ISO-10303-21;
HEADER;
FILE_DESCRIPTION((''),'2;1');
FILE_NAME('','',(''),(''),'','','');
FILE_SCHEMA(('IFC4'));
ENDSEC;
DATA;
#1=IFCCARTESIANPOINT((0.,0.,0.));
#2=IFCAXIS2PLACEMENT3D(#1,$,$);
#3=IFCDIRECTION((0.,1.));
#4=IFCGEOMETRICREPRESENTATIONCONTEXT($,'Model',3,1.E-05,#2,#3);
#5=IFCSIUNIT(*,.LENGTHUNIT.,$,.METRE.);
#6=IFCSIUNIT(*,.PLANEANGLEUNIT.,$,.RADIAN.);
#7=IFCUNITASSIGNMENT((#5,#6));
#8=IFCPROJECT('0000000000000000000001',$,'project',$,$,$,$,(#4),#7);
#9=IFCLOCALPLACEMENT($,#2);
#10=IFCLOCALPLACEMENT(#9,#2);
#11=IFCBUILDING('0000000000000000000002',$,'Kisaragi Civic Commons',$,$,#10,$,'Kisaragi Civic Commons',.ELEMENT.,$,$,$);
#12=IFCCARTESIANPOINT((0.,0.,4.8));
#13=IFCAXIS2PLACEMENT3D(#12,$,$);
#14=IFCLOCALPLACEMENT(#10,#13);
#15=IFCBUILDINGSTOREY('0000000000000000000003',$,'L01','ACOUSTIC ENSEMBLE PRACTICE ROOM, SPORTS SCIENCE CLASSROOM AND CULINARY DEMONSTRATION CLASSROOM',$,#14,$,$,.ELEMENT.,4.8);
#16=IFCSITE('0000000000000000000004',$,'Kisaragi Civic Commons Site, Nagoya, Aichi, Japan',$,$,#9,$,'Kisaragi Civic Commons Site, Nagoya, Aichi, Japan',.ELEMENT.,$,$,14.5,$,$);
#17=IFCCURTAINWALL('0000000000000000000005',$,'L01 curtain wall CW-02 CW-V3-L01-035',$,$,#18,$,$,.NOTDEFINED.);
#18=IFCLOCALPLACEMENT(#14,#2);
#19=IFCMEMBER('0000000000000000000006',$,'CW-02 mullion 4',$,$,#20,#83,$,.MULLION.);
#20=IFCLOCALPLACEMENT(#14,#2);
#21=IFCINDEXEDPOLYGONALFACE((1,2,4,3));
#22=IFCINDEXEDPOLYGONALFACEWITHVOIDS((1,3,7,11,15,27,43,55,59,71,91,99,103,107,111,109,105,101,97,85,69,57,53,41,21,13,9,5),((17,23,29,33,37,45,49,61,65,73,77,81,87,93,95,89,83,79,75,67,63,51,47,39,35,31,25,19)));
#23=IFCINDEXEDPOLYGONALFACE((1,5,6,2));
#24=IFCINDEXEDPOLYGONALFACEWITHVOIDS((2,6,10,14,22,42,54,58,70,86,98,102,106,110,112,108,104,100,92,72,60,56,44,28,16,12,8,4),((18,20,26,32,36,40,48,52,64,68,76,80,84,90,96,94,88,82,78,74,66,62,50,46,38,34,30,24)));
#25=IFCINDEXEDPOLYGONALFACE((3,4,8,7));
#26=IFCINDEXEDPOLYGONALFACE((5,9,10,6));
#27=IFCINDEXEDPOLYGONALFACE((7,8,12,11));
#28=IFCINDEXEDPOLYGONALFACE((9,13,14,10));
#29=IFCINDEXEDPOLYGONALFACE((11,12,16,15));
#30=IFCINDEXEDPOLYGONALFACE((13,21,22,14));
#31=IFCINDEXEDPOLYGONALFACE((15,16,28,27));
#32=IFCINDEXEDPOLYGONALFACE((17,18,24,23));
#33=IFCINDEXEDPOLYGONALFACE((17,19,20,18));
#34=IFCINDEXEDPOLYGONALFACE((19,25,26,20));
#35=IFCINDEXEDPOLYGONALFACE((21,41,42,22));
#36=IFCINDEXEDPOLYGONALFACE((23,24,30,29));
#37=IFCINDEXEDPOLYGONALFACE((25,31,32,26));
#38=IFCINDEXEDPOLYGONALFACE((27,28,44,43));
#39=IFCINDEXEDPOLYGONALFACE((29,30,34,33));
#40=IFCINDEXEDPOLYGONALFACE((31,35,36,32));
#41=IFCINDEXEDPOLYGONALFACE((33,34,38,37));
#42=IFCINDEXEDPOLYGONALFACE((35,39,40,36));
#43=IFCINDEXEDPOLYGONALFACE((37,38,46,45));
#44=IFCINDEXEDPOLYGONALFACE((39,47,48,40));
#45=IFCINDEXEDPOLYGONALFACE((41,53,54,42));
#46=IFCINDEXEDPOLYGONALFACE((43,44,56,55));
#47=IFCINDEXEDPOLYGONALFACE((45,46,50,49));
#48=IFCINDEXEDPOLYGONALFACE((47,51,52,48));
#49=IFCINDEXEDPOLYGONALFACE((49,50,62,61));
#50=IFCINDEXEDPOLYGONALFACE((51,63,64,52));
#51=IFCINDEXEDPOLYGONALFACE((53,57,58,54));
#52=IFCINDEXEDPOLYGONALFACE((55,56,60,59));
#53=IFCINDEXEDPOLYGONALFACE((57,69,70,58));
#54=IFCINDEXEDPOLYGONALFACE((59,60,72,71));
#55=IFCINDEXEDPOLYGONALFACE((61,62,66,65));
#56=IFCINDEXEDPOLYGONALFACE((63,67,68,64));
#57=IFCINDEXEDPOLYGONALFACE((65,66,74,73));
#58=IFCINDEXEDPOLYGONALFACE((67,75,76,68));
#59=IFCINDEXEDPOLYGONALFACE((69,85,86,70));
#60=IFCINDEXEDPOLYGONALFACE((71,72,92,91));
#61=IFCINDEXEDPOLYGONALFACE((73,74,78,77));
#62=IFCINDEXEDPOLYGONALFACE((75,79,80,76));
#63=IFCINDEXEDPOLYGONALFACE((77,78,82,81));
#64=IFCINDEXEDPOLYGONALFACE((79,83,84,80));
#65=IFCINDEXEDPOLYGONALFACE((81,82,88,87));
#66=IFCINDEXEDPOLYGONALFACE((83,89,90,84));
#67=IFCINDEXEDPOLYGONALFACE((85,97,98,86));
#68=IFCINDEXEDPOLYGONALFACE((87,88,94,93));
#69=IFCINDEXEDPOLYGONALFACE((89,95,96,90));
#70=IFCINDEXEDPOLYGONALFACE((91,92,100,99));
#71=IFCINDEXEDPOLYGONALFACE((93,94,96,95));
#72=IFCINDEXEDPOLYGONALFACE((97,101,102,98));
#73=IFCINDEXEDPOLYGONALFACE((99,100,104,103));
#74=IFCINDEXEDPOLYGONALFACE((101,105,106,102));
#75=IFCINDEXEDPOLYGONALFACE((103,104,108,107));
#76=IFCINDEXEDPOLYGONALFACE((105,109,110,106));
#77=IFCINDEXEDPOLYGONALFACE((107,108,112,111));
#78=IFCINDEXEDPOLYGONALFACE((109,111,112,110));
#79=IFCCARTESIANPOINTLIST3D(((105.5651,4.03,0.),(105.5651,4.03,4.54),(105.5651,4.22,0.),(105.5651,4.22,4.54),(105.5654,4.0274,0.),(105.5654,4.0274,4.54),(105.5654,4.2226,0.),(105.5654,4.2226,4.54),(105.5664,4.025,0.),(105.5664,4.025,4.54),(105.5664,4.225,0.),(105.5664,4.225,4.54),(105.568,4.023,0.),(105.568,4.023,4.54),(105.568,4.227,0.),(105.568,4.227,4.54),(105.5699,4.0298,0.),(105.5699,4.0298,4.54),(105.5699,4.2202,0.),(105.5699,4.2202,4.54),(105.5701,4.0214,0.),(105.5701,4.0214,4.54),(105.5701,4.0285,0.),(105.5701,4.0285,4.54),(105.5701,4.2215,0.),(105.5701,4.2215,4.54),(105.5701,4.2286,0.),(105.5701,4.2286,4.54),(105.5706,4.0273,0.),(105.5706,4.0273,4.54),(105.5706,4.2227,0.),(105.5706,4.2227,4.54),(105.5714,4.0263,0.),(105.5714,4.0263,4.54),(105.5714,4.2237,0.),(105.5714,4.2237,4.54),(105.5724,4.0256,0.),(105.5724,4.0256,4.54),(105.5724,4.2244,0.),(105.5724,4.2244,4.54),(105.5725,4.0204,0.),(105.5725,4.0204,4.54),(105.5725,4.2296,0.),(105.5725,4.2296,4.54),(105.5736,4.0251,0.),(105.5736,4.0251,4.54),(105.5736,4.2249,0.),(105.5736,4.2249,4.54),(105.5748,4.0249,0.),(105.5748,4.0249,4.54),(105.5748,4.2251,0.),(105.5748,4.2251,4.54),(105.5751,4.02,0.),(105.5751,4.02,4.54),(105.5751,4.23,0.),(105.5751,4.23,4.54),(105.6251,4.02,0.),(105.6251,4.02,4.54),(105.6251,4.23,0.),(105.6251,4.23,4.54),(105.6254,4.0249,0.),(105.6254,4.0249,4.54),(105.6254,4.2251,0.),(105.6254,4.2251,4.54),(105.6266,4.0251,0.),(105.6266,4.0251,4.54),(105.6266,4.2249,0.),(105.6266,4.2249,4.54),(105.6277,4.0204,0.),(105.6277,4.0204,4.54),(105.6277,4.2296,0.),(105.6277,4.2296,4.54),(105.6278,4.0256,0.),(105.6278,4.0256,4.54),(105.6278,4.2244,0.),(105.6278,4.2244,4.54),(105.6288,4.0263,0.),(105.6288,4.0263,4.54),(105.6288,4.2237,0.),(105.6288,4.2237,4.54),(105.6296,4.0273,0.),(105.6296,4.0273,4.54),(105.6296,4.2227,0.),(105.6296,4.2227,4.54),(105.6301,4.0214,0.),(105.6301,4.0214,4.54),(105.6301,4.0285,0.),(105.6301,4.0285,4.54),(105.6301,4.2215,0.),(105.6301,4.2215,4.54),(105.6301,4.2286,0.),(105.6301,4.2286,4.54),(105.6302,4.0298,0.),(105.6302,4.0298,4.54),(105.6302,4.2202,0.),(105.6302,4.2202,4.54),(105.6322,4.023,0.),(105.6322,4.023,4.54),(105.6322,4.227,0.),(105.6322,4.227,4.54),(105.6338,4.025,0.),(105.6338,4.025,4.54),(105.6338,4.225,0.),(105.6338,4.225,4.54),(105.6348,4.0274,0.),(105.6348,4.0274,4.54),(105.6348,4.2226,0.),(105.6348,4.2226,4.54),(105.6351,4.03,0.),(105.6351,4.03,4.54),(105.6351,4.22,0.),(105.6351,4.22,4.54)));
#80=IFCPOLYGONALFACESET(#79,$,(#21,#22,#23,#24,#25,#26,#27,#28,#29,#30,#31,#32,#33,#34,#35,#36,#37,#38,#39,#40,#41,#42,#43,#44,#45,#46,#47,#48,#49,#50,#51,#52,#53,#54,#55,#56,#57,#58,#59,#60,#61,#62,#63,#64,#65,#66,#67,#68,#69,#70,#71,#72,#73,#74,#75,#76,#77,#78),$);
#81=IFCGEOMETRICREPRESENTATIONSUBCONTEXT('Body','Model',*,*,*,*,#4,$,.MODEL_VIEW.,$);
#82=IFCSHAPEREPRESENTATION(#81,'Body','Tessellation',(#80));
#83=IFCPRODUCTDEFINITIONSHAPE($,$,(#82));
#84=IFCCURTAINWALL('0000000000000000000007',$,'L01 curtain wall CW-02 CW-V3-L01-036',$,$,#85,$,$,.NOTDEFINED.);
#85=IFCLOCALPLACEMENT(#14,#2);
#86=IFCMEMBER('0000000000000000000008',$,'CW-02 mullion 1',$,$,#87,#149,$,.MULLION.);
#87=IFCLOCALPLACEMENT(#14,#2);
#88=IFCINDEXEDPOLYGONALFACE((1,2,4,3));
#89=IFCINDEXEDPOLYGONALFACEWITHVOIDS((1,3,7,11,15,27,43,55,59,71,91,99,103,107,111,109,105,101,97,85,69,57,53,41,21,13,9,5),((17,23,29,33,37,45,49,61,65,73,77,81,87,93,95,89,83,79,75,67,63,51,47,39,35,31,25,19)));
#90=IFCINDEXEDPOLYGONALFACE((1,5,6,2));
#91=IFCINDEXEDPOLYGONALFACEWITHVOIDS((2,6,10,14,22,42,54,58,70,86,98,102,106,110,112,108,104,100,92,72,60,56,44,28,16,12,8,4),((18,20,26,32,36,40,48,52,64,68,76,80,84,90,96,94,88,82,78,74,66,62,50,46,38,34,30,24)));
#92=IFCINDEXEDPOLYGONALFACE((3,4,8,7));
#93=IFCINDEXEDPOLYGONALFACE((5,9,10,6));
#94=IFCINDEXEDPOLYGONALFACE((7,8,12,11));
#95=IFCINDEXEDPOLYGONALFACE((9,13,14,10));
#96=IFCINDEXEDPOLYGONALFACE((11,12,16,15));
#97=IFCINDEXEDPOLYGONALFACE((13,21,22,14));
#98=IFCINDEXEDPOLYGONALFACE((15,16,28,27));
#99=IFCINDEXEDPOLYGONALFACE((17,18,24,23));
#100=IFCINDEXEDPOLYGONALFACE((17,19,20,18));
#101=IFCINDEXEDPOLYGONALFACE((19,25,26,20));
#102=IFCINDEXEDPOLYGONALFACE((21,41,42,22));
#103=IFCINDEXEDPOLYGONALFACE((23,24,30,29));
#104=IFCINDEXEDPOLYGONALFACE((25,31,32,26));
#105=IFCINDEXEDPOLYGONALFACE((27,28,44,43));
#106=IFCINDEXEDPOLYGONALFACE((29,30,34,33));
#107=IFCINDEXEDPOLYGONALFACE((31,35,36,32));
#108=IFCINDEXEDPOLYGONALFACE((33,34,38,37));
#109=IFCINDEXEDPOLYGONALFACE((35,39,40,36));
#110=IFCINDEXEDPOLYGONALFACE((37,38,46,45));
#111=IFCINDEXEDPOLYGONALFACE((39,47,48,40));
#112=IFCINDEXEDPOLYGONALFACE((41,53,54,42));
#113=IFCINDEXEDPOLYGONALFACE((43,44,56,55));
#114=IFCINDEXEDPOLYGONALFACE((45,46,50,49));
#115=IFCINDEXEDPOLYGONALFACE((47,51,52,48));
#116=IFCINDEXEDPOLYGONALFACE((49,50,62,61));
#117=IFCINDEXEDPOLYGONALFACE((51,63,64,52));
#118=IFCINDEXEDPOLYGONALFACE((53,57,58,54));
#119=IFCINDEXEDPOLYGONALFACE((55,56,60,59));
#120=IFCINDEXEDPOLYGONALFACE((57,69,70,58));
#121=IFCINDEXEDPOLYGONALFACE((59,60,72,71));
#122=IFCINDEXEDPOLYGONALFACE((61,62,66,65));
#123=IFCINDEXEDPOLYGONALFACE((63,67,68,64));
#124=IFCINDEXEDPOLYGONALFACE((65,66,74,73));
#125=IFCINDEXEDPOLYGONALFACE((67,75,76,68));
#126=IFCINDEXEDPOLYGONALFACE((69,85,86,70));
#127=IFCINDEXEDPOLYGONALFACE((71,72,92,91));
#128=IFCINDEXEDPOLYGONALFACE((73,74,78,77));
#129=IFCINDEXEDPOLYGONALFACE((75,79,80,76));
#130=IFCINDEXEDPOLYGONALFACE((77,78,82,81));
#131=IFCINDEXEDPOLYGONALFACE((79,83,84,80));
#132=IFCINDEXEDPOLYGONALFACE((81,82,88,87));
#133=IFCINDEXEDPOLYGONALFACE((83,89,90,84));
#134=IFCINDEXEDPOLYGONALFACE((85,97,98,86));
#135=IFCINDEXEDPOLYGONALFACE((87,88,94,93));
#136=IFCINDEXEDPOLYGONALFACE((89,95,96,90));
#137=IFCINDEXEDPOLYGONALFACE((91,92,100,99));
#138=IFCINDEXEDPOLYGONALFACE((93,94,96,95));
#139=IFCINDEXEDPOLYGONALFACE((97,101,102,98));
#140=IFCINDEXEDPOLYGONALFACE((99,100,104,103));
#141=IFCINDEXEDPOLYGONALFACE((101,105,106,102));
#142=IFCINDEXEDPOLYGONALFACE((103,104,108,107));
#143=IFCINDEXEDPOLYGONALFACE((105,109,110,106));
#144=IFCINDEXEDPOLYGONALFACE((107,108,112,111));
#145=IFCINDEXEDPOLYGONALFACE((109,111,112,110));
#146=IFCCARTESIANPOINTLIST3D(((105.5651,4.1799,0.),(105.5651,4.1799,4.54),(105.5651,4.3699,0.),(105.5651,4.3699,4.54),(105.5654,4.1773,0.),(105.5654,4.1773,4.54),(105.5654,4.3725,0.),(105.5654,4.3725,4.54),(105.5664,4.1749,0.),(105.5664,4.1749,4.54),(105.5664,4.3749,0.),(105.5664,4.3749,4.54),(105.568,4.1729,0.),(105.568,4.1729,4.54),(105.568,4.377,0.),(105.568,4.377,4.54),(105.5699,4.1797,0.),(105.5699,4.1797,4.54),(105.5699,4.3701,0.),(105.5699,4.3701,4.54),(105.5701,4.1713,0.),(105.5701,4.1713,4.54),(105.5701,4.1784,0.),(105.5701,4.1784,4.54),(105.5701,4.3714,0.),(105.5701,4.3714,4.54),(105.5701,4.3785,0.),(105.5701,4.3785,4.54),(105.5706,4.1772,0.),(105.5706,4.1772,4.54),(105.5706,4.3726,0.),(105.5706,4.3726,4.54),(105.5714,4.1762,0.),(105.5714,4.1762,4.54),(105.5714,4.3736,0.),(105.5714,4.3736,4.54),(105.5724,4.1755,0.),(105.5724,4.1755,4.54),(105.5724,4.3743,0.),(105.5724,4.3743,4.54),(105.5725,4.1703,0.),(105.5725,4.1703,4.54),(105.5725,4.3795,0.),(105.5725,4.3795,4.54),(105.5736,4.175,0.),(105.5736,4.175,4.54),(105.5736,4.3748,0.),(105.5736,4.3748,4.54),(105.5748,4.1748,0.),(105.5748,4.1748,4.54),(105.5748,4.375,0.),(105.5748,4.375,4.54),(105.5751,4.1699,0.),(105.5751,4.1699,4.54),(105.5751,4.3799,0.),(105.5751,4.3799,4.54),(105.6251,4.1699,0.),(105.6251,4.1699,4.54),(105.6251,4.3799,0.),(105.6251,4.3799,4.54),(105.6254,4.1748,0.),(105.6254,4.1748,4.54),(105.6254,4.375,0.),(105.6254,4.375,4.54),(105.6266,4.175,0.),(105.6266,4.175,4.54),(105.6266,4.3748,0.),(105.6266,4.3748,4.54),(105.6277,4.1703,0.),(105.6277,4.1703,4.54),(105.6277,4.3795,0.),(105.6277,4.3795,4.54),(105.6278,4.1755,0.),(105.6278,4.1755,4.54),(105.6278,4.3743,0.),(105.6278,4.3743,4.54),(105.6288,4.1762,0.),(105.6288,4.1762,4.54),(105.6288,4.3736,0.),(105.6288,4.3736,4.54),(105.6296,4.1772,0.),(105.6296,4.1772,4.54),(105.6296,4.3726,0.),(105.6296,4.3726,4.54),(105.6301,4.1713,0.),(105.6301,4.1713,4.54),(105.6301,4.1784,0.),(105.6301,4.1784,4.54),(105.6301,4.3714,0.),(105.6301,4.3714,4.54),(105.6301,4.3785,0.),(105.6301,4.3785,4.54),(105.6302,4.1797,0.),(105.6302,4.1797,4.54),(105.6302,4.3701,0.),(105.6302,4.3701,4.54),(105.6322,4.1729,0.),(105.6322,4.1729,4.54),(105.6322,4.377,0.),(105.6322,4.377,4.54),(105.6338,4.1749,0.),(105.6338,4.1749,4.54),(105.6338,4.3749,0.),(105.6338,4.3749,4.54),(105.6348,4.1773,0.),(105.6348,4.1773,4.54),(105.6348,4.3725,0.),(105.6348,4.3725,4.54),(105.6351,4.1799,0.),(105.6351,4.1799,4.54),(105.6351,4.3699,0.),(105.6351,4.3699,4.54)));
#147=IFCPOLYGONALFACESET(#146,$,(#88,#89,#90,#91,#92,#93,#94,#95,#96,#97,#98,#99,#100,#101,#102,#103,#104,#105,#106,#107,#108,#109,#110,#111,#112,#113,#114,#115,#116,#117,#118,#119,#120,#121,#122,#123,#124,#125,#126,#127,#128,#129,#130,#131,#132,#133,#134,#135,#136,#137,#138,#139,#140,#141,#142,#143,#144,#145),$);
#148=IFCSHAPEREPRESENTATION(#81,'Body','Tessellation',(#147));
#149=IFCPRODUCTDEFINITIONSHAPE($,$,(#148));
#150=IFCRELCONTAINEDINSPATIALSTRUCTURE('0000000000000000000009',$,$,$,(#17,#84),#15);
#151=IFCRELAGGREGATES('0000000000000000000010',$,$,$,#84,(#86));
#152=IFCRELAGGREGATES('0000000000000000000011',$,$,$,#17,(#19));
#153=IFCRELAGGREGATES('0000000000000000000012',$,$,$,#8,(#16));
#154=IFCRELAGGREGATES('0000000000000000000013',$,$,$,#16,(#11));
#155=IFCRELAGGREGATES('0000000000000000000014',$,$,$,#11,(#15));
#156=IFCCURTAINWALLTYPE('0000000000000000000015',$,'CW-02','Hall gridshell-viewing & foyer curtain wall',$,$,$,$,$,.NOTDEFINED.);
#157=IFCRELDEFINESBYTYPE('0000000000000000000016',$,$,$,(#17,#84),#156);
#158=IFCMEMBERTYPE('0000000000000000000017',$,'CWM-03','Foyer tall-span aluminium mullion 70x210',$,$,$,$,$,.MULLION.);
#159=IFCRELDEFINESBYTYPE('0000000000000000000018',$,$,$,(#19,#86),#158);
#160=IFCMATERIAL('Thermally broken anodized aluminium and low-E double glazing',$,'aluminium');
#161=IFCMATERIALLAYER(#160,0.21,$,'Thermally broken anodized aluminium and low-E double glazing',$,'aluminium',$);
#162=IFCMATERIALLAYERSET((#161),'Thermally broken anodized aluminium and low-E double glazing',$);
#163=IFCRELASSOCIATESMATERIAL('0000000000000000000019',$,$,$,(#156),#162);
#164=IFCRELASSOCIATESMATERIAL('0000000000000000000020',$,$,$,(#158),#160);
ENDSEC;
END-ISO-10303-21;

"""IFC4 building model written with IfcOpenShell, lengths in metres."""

from ifc_helpers import new_model, si_unit, direction, frame, origin, origin_2d, place, context, subcontext, project, spatial, hollow_rectangle, extrude, material, layer, layer_set, material_profile, profile_set, type_object, element, aggregate, save


model = new_model("IFC4")

# Units and contexts
model_context = context("Model", 3, precision=1e-05, world=origin(), true_north=direction((0.0, 1.0)))
body_context = subcontext(model_context, "Body", "Model", "MODEL_VIEW")
ifc_project = project(units=[si_unit("LENGTHUNIT", "METRE"), si_unit("PLANEANGLEUNIT", "RADIAN")], contexts=[model_context])

# Site, building, storey
site_placement = place(None, origin())
site = spatial("IfcSite", under=ifc_project, at=site_placement, Name="Kisaragi Civic Commons Site, Nagoya, Aichi, Japan", LongName="Kisaragi Civic Commons Site, Nagoya, Aichi, Japan", CompositionType="ELEMENT", RefElevation=14.5)
building_placement = place(site_placement, origin())
building = spatial("IfcBuilding", under=site, at=building_placement, Name="Kisaragi Civic Commons", LongName="Kisaragi Civic Commons", CompositionType="ELEMENT")
storey_placement = place(building_placement, frame((0.0, 0.0, 4.8)))
storey = spatial("IfcBuildingStorey", under=building, at=storey_placement, Name="L01", Description="ACOUSTIC ENSEMBLE PRACTICE ROOM, SPORTS SCIENCE CLASSROOM AND CULINARY DEMONSTRATION CLASSROOM", CompositionType="ELEMENT", Elevation=4.8)

# Curtain wall, member
ifc_material = material(Name="Thermally broken anodized aluminium and low-E double glazing", Category="aluminium")
ifc_layer_1 = layer(ifc_material, 0.21, Name="Thermally broken anodized aluminium and low-E double glazing", Category="aluminium")
ifc_layer_set_1 = layer_set([ifc_layer_1], Name="Thermally broken anodized aluminium and low-E double glazing")
curtain_wall_type = type_object("IfcCurtainWallType", Name="CW-02", Description="Hall gridshell-viewing & foyer curtain wall", PredefinedType="NOTDEFINED", material=ifc_layer_set_1)
curtain_wall_1_placement = place(storey_placement, origin())
curtain_wall_1 = element("IfcCurtainWall", 1, at=curtain_wall_1_placement, inside=storey, type_object=curtain_wall_type, Name="L01 curtain wall CW-02 CW-V3-L01-035", PredefinedType="NOTDEFINED")
ifc_material_profile_1 = material_profile(ifc_material, hollow_rectangle(XDim=0.0701, YDim=0.21, WallThickness=0.0049, InnerFilletRadius=0.0049, OuterFilletRadius=0.01, at=origin_2d()), Name="CWM-70x210x5", Category="aluminium")
ifc_profile_set_1 = profile_set([ifc_material_profile_1], Name="Thermally broken anodized aluminium and low-E double glazing")
member_type_1 = type_object("IfcMemberType", Name="CWM-03", Description="Foyer tall-span aluminium mullion 70x210", PredefinedType="MULLION", material=ifc_profile_set_1)
member_1_placement = place(storey_placement, frame((105.6001, 4.125, 0.0), z_axis=(0.0, 0.0, 1.0), x_axis=(-1.0, 0.0, 0.0)))
member_1 = element("IfcMember", 2, at=member_1_placement, type_object=member_type_1, Name="CW-02 mullion 4", PredefinedType="MULLION", context=body_context, shape_type="SweptSolid", body=[
    extrude(hollow_rectangle(XDim=0.0701, YDim=0.21, WallThickness=0.0049, InnerFilletRadius=0.0049, OuterFilletRadius=0.01, at=origin_2d()), origin(), (0.0, 0.0, 1.0), 4.54),
])

# Curtain wall, member
curtain_wall_2_placement = place(storey_placement, origin())
curtain_wall_2 = element("IfcCurtainWall", 3, at=curtain_wall_2_placement, inside=storey, type_object=curtain_wall_type, Name="L01 curtain wall CW-02 CW-V3-L01-036", PredefinedType="NOTDEFINED")
member_2_placement = place(storey_placement, frame((105.6001, 4.2749, 0.0), z_axis=(0.0, 0.0, 1.0), x_axis=(-1.0, 0.0, 0.0)))
member_2 = element("IfcMember", 4, at=member_2_placement, type_object=member_type_1, Name="CW-02 mullion 1", PredefinedType="MULLION", context=body_context, shape_type="SweptSolid", body=[
    extrude(hollow_rectangle(XDim=0.0701, YDim=0.21, WallThickness=0.0049, InnerFilletRadius=0.0049, OuterFilletRadius=0.01, at=origin_2d()), origin(), (0.0, 0.0, 1.0), 4.54),
])

aggregate(curtain_wall_2, [member_2])

aggregate(curtain_wall_1, [member_1])

save(model, "model.ifc")
